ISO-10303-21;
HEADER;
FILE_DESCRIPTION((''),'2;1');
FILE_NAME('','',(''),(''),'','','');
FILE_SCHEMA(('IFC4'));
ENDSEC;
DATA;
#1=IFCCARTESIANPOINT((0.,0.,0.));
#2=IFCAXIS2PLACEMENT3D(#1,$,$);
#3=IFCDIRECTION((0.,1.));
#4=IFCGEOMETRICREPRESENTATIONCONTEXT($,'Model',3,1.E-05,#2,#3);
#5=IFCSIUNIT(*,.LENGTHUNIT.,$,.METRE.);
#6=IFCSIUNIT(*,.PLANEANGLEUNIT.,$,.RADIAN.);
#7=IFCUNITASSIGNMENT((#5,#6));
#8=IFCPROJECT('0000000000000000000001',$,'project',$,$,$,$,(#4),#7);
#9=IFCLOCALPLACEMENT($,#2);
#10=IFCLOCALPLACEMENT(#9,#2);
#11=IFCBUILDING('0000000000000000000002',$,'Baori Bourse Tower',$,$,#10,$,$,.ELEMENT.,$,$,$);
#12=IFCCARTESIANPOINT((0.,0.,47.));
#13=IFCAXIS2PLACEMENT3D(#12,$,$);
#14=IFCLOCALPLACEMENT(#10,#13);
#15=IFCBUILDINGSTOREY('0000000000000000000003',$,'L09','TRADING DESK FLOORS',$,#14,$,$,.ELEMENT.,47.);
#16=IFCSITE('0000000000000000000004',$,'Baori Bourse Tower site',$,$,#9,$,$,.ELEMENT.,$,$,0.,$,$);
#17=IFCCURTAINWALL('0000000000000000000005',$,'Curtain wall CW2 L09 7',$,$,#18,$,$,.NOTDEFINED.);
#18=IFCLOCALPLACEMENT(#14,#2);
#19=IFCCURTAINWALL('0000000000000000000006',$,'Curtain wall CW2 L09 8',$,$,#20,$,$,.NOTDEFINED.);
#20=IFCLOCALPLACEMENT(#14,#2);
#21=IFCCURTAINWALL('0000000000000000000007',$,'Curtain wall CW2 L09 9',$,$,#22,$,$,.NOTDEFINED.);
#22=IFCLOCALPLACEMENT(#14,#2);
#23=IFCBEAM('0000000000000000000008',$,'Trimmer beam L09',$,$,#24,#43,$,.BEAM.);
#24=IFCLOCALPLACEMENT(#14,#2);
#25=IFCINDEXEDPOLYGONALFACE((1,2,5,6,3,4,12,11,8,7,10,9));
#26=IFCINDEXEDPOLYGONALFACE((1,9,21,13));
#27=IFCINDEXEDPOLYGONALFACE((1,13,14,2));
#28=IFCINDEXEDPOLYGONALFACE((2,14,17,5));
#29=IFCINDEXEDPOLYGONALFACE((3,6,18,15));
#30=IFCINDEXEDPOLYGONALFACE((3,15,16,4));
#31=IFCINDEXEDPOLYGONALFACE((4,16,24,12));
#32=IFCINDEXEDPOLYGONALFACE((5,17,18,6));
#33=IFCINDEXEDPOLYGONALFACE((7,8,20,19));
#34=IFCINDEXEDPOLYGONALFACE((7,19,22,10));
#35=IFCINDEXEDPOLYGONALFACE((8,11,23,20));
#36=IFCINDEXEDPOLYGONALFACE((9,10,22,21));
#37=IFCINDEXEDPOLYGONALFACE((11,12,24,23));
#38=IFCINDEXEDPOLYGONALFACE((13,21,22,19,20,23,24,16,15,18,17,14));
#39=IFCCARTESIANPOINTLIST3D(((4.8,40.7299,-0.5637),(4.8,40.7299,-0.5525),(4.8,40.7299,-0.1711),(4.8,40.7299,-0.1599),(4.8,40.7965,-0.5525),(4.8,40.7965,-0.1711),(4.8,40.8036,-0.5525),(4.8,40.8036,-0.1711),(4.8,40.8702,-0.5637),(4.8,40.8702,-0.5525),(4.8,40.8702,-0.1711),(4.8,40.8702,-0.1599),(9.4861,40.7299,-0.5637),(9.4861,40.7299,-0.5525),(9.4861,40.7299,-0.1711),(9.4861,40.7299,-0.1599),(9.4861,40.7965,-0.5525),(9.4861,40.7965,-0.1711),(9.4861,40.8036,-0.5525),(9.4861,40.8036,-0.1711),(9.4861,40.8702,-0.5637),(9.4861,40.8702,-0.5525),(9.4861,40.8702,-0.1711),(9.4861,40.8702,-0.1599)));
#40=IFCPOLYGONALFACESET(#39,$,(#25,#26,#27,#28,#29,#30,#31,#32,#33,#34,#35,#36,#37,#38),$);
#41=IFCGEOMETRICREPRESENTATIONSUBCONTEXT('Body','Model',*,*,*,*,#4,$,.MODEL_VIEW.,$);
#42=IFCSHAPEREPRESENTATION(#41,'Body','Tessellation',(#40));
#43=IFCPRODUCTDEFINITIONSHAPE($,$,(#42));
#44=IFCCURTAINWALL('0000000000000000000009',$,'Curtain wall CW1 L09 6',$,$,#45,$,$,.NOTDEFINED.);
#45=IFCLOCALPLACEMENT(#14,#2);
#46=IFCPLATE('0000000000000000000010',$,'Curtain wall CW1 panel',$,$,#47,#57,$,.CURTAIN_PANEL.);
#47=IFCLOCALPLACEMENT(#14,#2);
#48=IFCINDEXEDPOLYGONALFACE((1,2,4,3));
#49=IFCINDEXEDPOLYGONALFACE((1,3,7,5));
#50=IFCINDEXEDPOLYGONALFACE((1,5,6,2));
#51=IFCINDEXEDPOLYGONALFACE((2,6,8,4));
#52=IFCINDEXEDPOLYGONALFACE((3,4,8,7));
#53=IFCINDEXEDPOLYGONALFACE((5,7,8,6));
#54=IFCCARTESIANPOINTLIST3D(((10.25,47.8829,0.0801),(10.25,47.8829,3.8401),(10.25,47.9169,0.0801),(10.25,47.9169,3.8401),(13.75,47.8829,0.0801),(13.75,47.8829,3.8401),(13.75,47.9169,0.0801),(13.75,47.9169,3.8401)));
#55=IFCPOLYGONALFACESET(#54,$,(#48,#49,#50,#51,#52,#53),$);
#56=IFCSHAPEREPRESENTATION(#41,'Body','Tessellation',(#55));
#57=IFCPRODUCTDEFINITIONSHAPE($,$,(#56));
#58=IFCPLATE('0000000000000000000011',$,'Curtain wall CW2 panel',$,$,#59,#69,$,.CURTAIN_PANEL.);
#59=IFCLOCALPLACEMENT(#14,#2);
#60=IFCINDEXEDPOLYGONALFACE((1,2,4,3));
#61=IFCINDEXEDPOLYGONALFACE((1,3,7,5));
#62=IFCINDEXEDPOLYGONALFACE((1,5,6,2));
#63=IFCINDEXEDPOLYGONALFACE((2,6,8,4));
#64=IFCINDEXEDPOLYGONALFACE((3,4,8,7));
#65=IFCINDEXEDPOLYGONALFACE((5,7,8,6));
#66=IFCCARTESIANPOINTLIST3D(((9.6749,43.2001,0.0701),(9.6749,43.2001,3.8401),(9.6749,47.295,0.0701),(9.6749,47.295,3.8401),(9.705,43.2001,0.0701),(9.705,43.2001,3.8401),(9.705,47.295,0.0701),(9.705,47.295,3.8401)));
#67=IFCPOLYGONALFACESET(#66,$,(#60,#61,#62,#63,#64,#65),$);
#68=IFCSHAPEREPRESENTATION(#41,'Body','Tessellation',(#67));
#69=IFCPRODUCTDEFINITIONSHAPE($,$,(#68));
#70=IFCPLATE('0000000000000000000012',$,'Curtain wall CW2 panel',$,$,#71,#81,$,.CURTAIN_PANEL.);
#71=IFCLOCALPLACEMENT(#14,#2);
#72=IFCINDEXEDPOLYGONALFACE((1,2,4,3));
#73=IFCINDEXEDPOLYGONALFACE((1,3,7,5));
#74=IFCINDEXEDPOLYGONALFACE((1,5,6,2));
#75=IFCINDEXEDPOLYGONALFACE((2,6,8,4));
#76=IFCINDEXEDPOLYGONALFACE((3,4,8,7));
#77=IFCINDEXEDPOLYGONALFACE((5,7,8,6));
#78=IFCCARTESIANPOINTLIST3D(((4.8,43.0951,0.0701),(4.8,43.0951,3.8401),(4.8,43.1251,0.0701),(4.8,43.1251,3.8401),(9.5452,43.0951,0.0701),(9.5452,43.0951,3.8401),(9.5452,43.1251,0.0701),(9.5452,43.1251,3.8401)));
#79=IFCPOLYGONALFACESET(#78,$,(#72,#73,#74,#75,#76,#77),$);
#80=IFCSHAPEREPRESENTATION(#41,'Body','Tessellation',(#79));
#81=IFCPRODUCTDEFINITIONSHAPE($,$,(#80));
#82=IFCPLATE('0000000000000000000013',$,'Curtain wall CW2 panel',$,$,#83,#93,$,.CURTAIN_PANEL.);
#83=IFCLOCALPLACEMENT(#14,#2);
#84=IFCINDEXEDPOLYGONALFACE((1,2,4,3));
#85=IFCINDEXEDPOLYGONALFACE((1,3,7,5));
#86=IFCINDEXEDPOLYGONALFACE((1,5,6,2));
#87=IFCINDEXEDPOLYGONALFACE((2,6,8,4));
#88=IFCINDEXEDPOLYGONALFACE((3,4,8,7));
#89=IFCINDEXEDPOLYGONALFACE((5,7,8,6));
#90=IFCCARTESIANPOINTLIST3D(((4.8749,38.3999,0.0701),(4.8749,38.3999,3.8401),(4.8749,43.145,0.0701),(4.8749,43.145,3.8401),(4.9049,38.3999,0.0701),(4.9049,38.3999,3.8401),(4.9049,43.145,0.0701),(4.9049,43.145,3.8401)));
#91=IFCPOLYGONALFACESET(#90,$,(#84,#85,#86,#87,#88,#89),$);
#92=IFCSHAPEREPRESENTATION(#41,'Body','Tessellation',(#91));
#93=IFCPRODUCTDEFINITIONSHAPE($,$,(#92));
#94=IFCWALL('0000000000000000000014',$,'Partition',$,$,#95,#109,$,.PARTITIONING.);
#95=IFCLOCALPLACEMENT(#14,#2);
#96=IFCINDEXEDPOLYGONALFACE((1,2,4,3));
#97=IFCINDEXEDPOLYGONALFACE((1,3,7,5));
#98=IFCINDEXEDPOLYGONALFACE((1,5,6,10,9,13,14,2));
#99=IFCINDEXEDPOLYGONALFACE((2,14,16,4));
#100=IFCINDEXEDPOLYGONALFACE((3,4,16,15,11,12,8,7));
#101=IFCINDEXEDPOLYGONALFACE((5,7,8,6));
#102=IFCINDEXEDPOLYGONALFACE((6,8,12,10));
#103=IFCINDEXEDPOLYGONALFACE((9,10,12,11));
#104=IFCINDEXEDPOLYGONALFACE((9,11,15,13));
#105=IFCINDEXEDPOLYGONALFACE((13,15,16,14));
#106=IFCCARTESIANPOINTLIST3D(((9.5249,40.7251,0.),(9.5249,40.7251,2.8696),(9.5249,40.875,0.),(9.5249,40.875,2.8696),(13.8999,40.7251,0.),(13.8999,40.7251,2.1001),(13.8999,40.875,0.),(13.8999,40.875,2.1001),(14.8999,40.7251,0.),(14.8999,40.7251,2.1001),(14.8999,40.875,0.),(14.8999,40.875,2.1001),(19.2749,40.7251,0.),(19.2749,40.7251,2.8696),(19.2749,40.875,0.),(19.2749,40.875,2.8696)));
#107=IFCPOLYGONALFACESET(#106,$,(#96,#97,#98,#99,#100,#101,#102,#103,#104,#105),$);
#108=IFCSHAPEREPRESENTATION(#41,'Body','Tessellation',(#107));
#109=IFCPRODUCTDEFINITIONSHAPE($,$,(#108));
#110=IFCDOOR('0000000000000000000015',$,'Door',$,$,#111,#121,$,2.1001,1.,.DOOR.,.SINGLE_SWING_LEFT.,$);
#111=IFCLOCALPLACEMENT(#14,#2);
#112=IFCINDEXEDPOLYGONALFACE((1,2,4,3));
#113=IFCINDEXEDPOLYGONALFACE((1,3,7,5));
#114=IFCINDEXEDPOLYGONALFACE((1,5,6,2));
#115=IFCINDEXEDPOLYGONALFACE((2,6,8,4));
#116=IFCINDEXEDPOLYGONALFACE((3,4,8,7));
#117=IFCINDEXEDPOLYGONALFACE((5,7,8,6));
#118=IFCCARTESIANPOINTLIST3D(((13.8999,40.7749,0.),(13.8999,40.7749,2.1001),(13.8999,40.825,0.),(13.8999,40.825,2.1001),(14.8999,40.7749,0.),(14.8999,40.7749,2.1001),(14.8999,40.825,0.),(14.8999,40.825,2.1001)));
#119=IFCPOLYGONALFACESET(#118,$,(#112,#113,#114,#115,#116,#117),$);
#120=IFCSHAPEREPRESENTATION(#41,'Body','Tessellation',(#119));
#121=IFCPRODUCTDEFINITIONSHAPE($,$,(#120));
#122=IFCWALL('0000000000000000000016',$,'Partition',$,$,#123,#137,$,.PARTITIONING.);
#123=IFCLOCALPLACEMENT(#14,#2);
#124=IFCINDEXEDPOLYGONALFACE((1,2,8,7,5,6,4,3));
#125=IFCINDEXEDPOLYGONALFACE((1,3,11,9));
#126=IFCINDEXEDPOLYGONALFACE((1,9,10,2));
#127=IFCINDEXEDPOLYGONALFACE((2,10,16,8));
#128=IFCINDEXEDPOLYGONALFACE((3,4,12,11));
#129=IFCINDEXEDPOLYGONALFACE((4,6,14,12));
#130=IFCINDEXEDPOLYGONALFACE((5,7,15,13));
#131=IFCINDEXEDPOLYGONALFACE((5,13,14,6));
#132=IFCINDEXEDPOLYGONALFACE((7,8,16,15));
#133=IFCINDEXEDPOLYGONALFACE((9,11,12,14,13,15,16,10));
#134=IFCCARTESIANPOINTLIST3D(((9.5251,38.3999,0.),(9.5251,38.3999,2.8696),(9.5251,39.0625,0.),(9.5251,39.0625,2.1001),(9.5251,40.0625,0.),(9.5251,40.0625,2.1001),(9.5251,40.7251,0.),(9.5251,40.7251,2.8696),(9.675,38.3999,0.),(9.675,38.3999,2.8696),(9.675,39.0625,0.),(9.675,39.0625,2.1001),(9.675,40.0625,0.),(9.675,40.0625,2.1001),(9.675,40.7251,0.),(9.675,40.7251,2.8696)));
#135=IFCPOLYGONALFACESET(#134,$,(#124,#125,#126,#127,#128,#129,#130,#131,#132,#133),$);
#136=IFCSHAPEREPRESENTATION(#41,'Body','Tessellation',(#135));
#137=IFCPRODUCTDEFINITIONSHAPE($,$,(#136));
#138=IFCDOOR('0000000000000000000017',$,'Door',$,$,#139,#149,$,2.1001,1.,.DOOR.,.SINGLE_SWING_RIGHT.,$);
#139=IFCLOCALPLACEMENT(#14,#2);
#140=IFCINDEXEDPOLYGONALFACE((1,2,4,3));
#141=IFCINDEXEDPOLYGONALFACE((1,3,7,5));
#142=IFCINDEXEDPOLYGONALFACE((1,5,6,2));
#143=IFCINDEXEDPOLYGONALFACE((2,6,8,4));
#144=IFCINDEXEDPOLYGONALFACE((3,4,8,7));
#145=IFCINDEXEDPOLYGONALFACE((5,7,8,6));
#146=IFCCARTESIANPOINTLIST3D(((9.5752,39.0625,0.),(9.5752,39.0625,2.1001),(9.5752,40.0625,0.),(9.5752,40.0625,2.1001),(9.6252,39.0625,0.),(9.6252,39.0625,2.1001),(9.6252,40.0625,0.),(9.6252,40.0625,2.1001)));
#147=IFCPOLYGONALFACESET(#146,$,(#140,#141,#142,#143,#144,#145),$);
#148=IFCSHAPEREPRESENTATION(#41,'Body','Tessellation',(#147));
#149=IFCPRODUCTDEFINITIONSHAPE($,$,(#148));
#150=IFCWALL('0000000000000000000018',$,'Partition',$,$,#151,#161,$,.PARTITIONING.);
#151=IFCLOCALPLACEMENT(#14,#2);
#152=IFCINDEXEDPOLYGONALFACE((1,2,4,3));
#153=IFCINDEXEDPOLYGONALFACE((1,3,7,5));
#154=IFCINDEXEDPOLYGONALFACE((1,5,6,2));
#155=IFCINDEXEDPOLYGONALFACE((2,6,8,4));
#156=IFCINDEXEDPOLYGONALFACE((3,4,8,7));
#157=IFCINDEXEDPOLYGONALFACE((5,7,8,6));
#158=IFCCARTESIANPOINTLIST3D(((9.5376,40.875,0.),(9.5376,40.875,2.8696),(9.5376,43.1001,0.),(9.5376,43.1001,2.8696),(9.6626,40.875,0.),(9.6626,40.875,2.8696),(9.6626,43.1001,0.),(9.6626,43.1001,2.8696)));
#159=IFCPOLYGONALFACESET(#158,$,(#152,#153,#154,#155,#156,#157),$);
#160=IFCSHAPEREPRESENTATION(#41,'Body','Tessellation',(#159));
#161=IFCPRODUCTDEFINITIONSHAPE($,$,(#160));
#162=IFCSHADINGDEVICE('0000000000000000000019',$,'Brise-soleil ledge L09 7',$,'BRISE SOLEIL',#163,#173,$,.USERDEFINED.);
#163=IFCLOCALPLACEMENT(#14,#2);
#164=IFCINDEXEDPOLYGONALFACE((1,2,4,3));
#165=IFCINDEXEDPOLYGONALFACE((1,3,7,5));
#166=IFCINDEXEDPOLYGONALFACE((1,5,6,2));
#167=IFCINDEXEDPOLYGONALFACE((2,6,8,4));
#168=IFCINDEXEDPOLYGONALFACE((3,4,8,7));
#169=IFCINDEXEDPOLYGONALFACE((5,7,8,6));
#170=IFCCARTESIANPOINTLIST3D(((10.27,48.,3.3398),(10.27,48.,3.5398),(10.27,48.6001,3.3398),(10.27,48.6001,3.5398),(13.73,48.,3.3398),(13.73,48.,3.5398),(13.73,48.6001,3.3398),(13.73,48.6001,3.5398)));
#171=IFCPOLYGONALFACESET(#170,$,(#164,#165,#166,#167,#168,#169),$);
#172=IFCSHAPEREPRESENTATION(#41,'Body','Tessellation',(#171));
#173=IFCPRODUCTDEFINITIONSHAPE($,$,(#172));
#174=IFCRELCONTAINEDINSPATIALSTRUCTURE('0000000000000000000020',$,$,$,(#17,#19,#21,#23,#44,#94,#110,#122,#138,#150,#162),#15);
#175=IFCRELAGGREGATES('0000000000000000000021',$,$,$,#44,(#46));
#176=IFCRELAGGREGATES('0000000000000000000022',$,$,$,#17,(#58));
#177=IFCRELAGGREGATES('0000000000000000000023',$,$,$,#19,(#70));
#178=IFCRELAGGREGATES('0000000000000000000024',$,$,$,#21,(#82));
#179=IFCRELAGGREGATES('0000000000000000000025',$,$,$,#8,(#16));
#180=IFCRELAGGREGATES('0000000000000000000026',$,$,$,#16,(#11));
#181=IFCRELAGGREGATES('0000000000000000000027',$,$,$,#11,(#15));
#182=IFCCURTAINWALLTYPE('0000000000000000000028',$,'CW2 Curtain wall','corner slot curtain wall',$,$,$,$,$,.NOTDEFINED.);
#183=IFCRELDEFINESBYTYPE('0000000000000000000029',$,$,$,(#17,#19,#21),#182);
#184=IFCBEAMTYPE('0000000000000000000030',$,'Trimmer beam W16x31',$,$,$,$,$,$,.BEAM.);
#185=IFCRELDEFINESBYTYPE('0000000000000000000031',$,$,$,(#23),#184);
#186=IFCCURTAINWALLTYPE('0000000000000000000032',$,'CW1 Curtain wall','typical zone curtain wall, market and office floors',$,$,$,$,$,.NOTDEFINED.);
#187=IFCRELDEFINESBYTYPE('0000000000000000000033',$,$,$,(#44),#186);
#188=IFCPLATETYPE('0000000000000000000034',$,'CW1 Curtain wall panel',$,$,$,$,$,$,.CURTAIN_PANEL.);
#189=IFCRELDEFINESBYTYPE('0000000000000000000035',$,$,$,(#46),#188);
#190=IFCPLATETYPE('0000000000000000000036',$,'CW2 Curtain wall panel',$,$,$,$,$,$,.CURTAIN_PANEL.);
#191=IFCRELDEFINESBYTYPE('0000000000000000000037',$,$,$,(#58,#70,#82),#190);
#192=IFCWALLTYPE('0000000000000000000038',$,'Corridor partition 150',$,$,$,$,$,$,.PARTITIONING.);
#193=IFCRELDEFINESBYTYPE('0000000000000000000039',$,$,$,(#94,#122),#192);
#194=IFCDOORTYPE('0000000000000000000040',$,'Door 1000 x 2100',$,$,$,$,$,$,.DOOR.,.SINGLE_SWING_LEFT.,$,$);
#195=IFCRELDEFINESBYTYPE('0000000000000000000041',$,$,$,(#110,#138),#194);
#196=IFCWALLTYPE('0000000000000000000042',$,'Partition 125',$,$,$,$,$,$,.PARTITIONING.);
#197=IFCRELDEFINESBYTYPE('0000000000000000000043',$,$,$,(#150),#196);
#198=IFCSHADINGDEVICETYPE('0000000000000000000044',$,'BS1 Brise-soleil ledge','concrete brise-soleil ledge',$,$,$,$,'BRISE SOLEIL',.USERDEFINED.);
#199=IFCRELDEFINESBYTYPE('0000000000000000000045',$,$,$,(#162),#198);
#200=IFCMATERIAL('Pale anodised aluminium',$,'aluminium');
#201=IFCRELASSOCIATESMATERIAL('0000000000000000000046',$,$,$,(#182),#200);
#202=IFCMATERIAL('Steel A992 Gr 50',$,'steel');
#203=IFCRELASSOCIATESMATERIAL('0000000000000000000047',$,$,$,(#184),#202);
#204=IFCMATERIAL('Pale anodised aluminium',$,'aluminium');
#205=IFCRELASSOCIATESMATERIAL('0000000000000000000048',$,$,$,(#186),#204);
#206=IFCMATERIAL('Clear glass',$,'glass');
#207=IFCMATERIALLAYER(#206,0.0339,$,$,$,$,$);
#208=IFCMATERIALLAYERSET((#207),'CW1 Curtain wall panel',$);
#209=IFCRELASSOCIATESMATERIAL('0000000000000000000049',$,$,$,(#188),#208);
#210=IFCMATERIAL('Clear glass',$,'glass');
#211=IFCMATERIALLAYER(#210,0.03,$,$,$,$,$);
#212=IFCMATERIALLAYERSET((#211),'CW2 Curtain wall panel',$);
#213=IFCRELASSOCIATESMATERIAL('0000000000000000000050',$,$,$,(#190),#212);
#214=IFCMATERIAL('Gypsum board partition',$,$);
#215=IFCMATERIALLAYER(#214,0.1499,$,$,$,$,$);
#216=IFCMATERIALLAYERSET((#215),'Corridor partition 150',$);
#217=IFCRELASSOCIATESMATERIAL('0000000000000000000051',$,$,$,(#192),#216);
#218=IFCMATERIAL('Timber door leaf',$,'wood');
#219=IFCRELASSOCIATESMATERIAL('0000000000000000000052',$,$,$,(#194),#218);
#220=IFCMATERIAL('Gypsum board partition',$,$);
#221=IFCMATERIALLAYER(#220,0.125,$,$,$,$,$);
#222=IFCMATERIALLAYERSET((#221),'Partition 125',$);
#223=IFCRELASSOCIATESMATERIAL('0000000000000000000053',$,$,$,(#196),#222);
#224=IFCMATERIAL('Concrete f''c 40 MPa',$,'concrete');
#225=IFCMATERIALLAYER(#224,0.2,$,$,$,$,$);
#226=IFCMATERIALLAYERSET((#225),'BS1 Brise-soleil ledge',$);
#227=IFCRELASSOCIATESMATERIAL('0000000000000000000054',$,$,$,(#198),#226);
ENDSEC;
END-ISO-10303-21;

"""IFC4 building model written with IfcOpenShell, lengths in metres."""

from ifc_helpers import new_model, si_unit, direction, frame, frame_2d, origin, origin_2d, place, context, subcontext, project, spatial, rectangle, i_section, extrude, material, layer, layer_set, material_profile, profile_set, type_object, element, fill, aggregate, save


model = new_model("IFC4")

# Units and contexts
model_context = context("Model", 3, precision=1e-05, world=origin(), true_north=direction((0.0, 1.0)))
body_context = subcontext(model_context, "Body", "Model", "MODEL_VIEW")
ifc_project = project(units=[si_unit("LENGTHUNIT", "METRE"), si_unit("PLANEANGLEUNIT", "RADIAN")], contexts=[model_context])

# Site, building, storey
site_placement = place(None, origin())
site = spatial("IfcSite", under=ifc_project, at=site_placement, Name="Baori Bourse Tower site", CompositionType="ELEMENT", RefElevation=0.0)
building_placement = place(site_placement, origin())
building = spatial("IfcBuilding", under=site, at=building_placement, Name="Baori Bourse Tower", CompositionType="ELEMENT")
storey_placement = place(building_placement, frame((0.0, 0.0, 47.0)))
storey = spatial("IfcBuildingStorey", under=building, at=storey_placement, Name="L09", Description="TRADING DESK FLOORS", CompositionType="ELEMENT", Elevation=47.0)

# Curtain walls
ifc_material_1 = material(Name="Pale anodised aluminium", Category="aluminium")
curtain_wall_type_1 = type_object("IfcCurtainWallType", Name="CW2 Curtain wall", Description="corner slot curtain wall", PredefinedType="NOTDEFINED", material=ifc_material_1)
curtain_wall_1_placement = place(storey_placement, origin())
curtain_wall_1 = element("IfcCurtainWall", 1, at=curtain_wall_1_placement, inside=storey, type_object=curtain_wall_type_1, Name="Curtain wall CW2 L09 7", PredefinedType="NOTDEFINED")
curtain_wall_2_placement = place(storey_placement, origin())
curtain_wall_2 = element("IfcCurtainWall", 2, at=curtain_wall_2_placement, inside=storey, type_object=curtain_wall_type_1, Name="Curtain wall CW2 L09 8", PredefinedType="NOTDEFINED")
curtain_wall_3_placement = place(storey_placement, origin())
curtain_wall_3 = element("IfcCurtainWall", 3, at=curtain_wall_3_placement, inside=storey, type_object=curtain_wall_type_1, Name="Curtain wall CW2 L09 9", PredefinedType="NOTDEFINED")

# Beam
ifc_material_2 = material(Name="Steel A992 Gr 50", Category="steel")
ifc_material_profile_1 = material_profile(ifc_material_2, i_section(OverallWidth=0.1404, OverallDepth=0.4038, WebThickness=0.0071, FlangeThickness=0.0112, at=origin_2d()), Name="W16x31")
ifc_profile_set_1 = profile_set([ifc_material_profile_1], Name="Steel A992 Gr 50")
beam_type_1 = type_object("IfcBeamType", Name="Trimmer beam W16x31", PredefinedType="BEAM", material=ifc_profile_set_1)
beam_1_placement = place(storey_placement, frame((4.8, 40.8, -0.3618), z_axis=(1.0, 0.0, 0.0), x_axis=(0.0, 1.0, 0.0)))
element("IfcBeam", 4, at=beam_1_placement, inside=storey, type_object=beam_type_1, Name="Trimmer beam L09", PredefinedType="BEAM", context=body_context, shape_type="SweptSolid", body=[
    extrude(i_section(OverallWidth=0.1404, OverallDepth=0.4038, WebThickness=0.0071, FlangeThickness=0.0112, at=origin_2d()), origin(), (0.0, 0.0, 1.0), 4.686),
])

# Curtain wall, plate
ifc_material_3 = material(Name="Pale anodised aluminium", Category="aluminium")
curtain_wall_type_2 = type_object("IfcCurtainWallType", Name="CW1 Curtain wall", Description="typical zone curtain wall, market and office floors", PredefinedType="NOTDEFINED", material=ifc_material_3)
curtain_wall_4_placement = place(storey_placement, origin())
curtain_wall_4 = element("IfcCurtainWall", 5, at=curtain_wall_4_placement, inside=storey, type_object=curtain_wall_type_2, Name="Curtain wall CW1 L09 6", PredefinedType="NOTDEFINED")
ifc_material_4 = material(Name="Clear glass", Category="glass")
ifc_layer_1 = layer(ifc_material_4, 0.0339)
ifc_layer_set_1 = layer_set([ifc_layer_1], Name="CW1 Curtain wall panel")
plate_type_1 = type_object("IfcPlateType", Name="CW1 Curtain wall panel", PredefinedType="CURTAIN_PANEL", material=ifc_layer_set_1)
plate_1_placement = place(storey_placement, frame((12.0, 47.8999, 0.0801), z_axis=(0.0, 0.0, 1.0), x_axis=(-1.0, 0.0, 0.0)))
plate_1 = element("IfcPlate", 6, at=plate_1_placement, type_object=plate_type_1, Name="Curtain wall CW1 panel", PredefinedType="CURTAIN_PANEL", context=body_context, shape_type="SweptSolid", body=[
    extrude(rectangle(XDim=3.5, YDim=0.0339, at=origin_2d()), origin(), (0.0, 0.0, 1.0), 3.76),
])
aggregate(curtain_wall_4, [plate_1])

# Plates
ifc_material_5 = material(Name="Clear glass", Category="glass")
ifc_layer_2 = layer(ifc_material_5, 0.03)
ifc_layer_set_2 = layer_set([ifc_layer_2], Name="CW2 Curtain wall panel")
plate_type_2 = type_object("IfcPlateType", Name="CW2 Curtain wall panel", PredefinedType="CURTAIN_PANEL", material=ifc_layer_set_2)
plate_2_placement = place(storey_placement, frame((9.6899, 45.2476, 0.0701), z_axis=(0.0, 0.0, 1.0), x_axis=(0.0, -1.0, 0.0)))
plate_2 = element("IfcPlate", 7, at=plate_2_placement, type_object=plate_type_2, Name="Curtain wall CW2 panel", PredefinedType="CURTAIN_PANEL", context=body_context, shape_type="SweptSolid", body=[
    extrude(rectangle(XDim=4.095, YDim=0.03, at=origin_2d()), origin(), (0.0, 0.0, 1.0), 3.77),
])
aggregate(curtain_wall_1, [plate_2])
plate_3_placement = place(storey_placement, frame((7.1726, 43.1101, 0.0701), z_axis=(0.0, 0.0, 1.0), x_axis=(-1.0, 0.0, 0.0)))
plate_3 = element("IfcPlate", 8, at=plate_3_placement, type_object=plate_type_2, Name="Curtain wall CW2 panel", PredefinedType="CURTAIN_PANEL", context=body_context, shape_type="SweptSolid", body=[
    extrude(rectangle(XDim=4.7451, YDim=0.03, at=origin_2d()), origin(), (0.0, 0.0, 1.0), 3.77),
])
aggregate(curtain_wall_2, [plate_3])
plate_4_placement = place(storey_placement, frame((4.8899, 40.7725, 0.0701), z_axis=(0.0, 0.0, 1.0), x_axis=(0.0, -1.0, 0.0)))
plate_4 = element("IfcPlate", 9, at=plate_4_placement, type_object=plate_type_2, Name="Curtain wall CW2 panel", PredefinedType="CURTAIN_PANEL", context=body_context, shape_type="SweptSolid", body=[
    extrude(rectangle(XDim=4.7451, YDim=0.03, at=origin_2d()), origin(), (0.0, 0.0, 1.0), 3.77),
])
aggregate(curtain_wall_3, [plate_4])

# Walls, openings, doors
ifc_material_6 = material(Name="Gypsum board partition")
ifc_layer_3 = layer(ifc_material_6, 0.1499)
ifc_layer_set_3 = layer_set([ifc_layer_3], Name="Corridor partition 150")
wall_type_1 = type_object("IfcWallType", Name="Corridor partition 150", PredefinedType="PARTITIONING", material=ifc_layer_set_3)
wall_1_placement = place(storey_placement, frame((9.5249, 40.8, 0.0), z_axis=(0.0, 0.0, 1.0), x_axis=(1.0, 0.0, 0.0)))
wall_1 = element("IfcWall", 10, at=wall_1_placement, inside=storey, type_object=wall_type_1, Name="Partition", PredefinedType="PARTITIONING", context=body_context, shape_type="SweptSolid", body=[
    extrude(rectangle(XDim=9.75, YDim=0.1499, at=frame_2d((4.875, 0.0))), origin(), (0.0, 0.0, 1.0), 2.8696),
])
opening_1_placement = place(wall_1_placement, frame((4.375, 0.0, 0.0)))
opening_1 = element("IfcOpeningElement", 11, at=opening_1_placement, cuts=wall_1, PredefinedType="OPENING", context=body_context, shape_type="SweptSolid", body=[
    extrude(rectangle(XDim=1.0, YDim=2.1001, at=frame_2d((0.5, 1.05))), frame((0.0, 0.085, 0.0), z_axis=(0.0, -1.0, 0.0), x_axis=(1.0, 0.0, 0.0)), (0.0, 0.0, 1.0), 0.1699),
])
ifc_material_7 = material(Name="Timber door leaf", Category="wood")
door_type = type_object("IfcDoorType", Name="Door 1000 x 2100", OperationType="SINGLE_SWING_LEFT", PredefinedType="DOOR", material=ifc_material_7)
door_1_placement = place(opening_1_placement, origin())
door_1 = element("IfcDoor", 12, at=door_1_placement, inside=storey, type_object=door_type, Name="Door", OperationType="SINGLE_SWING_LEFT", OverallHeight=2.1001, OverallWidth=1.0, PredefinedType="DOOR", context=body_context, shape_type="SweptSolid", body=[
    extrude(rectangle(XDim=1.0, YDim=2.1001, at=frame_2d((0.5, 1.05))), frame((0.0, 0.0249, 0.0), z_axis=(0.0, -1.0, 0.0), x_axis=(1.0, 0.0, 0.0)), (0.0, 0.0, 1.0), 0.05),
])
fill(opening_1, door_1)
wall_2_placement = place(storey_placement, frame((9.6001, 38.3999, 0.0), z_axis=(0.0, 0.0, 1.0), x_axis=(0.0, 1.0, 0.0)))
wall_2 = element("IfcWall", 13, at=wall_2_placement, inside=storey, type_object=wall_type_1, Name="Partition", PredefinedType="PARTITIONING", context=body_context, shape_type="SweptSolid", body=[
    extrude(rectangle(XDim=2.3252, YDim=0.1499, at=frame_2d((1.1626, 0.0))), origin(), (0.0, 0.0, 1.0), 2.8696),
])
opening_2_placement = place(wall_2_placement, frame((0.6626, 0.0, 0.0)))
opening_2 = element("IfcOpeningElement", 14, at=opening_2_placement, cuts=wall_2, PredefinedType="OPENING", context=body_context, shape_type="SweptSolid", body=[
    extrude(rectangle(XDim=1.0, YDim=2.1001, at=frame_2d((0.5, 1.05))), frame((0.0, 0.085, 0.0), z_axis=(0.0, -1.0, 0.0), x_axis=(1.0, 0.0, 0.0)), (0.0, 0.0, 1.0), 0.1699),
])
door_2_placement = place(opening_2_placement, origin())
door_2 = element("IfcDoor", 15, at=door_2_placement, inside=storey, type_object=door_type, Name="Door", OperationType="SINGLE_SWING_RIGHT", OverallHeight=2.1001, OverallWidth=1.0, PredefinedType="DOOR", context=body_context, shape_type="SweptSolid", body=[
    extrude(rectangle(XDim=1.0, YDim=2.1001, at=frame_2d((0.5, 1.05))), frame((0.0, 0.0249, 0.0), z_axis=(0.0, -1.0, 0.0), x_axis=(1.0, 0.0, 0.0)), (0.0, 0.0, 1.0), 0.05),
])
fill(opening_2, door_2)

# Wall
ifc_material_8 = material(Name="Gypsum board partition")
ifc_layer_4 = layer(ifc_material_8, 0.125)
ifc_layer_set_4 = layer_set([ifc_layer_4], Name="Partition 125")
wall_type_2 = type_object("IfcWallType", Name="Partition 125", PredefinedType="PARTITIONING", material=ifc_layer_set_4)
wall_3_placement = place(storey_placement, frame((9.6001, 40.875, 0.0), z_axis=(0.0, 0.0, 1.0), x_axis=(0.0, 1.0, 0.0)))
element("IfcWall", 16, at=wall_3_placement, inside=storey, type_object=wall_type_2, Name="Partition", PredefinedType="PARTITIONING", context=body_context, shape_type="SweptSolid", body=[
    extrude(rectangle(XDim=2.2251, YDim=0.125, at=frame_2d((1.1125, 0.0))), origin(), (0.0, 0.0, 1.0), 2.8696),
])

# Shading device
ifc_material_9 = material(Name="Concrete f'c 40 MPa", Category="concrete")
ifc_layer_5 = layer(ifc_material_9, 0.2)
ifc_layer_set_5 = layer_set([ifc_layer_5], Name="BS1 Brise-soleil ledge")
shading_device_type = type_object("IfcShadingDeviceType", Name="BS1 Brise-soleil ledge", Description="concrete brise-soleil ledge", ElementType="BRISE SOLEIL", PredefinedType="USERDEFINED", material=ifc_layer_set_5)
shading_device_placement = place(storey_placement, frame((12.0, 48.3, 3.3398), z_axis=(0.0, 0.0, 1.0), x_axis=(-1.0, 0.0, 0.0)))
element("IfcShadingDevice", 17, at=shading_device_placement, inside=storey, type_object=shading_device_type, Name="Brise-soleil ledge L09 7", ObjectType="BRISE SOLEIL", PredefinedType="USERDEFINED", context=body_context, shape_type="SweptSolid", body=[
    extrude(rectangle(XDim=3.46, YDim=0.6001, at=origin_2d()), origin(), (0.0, 0.0, 1.0), 0.2),
])

save(model, "model.ifc")
